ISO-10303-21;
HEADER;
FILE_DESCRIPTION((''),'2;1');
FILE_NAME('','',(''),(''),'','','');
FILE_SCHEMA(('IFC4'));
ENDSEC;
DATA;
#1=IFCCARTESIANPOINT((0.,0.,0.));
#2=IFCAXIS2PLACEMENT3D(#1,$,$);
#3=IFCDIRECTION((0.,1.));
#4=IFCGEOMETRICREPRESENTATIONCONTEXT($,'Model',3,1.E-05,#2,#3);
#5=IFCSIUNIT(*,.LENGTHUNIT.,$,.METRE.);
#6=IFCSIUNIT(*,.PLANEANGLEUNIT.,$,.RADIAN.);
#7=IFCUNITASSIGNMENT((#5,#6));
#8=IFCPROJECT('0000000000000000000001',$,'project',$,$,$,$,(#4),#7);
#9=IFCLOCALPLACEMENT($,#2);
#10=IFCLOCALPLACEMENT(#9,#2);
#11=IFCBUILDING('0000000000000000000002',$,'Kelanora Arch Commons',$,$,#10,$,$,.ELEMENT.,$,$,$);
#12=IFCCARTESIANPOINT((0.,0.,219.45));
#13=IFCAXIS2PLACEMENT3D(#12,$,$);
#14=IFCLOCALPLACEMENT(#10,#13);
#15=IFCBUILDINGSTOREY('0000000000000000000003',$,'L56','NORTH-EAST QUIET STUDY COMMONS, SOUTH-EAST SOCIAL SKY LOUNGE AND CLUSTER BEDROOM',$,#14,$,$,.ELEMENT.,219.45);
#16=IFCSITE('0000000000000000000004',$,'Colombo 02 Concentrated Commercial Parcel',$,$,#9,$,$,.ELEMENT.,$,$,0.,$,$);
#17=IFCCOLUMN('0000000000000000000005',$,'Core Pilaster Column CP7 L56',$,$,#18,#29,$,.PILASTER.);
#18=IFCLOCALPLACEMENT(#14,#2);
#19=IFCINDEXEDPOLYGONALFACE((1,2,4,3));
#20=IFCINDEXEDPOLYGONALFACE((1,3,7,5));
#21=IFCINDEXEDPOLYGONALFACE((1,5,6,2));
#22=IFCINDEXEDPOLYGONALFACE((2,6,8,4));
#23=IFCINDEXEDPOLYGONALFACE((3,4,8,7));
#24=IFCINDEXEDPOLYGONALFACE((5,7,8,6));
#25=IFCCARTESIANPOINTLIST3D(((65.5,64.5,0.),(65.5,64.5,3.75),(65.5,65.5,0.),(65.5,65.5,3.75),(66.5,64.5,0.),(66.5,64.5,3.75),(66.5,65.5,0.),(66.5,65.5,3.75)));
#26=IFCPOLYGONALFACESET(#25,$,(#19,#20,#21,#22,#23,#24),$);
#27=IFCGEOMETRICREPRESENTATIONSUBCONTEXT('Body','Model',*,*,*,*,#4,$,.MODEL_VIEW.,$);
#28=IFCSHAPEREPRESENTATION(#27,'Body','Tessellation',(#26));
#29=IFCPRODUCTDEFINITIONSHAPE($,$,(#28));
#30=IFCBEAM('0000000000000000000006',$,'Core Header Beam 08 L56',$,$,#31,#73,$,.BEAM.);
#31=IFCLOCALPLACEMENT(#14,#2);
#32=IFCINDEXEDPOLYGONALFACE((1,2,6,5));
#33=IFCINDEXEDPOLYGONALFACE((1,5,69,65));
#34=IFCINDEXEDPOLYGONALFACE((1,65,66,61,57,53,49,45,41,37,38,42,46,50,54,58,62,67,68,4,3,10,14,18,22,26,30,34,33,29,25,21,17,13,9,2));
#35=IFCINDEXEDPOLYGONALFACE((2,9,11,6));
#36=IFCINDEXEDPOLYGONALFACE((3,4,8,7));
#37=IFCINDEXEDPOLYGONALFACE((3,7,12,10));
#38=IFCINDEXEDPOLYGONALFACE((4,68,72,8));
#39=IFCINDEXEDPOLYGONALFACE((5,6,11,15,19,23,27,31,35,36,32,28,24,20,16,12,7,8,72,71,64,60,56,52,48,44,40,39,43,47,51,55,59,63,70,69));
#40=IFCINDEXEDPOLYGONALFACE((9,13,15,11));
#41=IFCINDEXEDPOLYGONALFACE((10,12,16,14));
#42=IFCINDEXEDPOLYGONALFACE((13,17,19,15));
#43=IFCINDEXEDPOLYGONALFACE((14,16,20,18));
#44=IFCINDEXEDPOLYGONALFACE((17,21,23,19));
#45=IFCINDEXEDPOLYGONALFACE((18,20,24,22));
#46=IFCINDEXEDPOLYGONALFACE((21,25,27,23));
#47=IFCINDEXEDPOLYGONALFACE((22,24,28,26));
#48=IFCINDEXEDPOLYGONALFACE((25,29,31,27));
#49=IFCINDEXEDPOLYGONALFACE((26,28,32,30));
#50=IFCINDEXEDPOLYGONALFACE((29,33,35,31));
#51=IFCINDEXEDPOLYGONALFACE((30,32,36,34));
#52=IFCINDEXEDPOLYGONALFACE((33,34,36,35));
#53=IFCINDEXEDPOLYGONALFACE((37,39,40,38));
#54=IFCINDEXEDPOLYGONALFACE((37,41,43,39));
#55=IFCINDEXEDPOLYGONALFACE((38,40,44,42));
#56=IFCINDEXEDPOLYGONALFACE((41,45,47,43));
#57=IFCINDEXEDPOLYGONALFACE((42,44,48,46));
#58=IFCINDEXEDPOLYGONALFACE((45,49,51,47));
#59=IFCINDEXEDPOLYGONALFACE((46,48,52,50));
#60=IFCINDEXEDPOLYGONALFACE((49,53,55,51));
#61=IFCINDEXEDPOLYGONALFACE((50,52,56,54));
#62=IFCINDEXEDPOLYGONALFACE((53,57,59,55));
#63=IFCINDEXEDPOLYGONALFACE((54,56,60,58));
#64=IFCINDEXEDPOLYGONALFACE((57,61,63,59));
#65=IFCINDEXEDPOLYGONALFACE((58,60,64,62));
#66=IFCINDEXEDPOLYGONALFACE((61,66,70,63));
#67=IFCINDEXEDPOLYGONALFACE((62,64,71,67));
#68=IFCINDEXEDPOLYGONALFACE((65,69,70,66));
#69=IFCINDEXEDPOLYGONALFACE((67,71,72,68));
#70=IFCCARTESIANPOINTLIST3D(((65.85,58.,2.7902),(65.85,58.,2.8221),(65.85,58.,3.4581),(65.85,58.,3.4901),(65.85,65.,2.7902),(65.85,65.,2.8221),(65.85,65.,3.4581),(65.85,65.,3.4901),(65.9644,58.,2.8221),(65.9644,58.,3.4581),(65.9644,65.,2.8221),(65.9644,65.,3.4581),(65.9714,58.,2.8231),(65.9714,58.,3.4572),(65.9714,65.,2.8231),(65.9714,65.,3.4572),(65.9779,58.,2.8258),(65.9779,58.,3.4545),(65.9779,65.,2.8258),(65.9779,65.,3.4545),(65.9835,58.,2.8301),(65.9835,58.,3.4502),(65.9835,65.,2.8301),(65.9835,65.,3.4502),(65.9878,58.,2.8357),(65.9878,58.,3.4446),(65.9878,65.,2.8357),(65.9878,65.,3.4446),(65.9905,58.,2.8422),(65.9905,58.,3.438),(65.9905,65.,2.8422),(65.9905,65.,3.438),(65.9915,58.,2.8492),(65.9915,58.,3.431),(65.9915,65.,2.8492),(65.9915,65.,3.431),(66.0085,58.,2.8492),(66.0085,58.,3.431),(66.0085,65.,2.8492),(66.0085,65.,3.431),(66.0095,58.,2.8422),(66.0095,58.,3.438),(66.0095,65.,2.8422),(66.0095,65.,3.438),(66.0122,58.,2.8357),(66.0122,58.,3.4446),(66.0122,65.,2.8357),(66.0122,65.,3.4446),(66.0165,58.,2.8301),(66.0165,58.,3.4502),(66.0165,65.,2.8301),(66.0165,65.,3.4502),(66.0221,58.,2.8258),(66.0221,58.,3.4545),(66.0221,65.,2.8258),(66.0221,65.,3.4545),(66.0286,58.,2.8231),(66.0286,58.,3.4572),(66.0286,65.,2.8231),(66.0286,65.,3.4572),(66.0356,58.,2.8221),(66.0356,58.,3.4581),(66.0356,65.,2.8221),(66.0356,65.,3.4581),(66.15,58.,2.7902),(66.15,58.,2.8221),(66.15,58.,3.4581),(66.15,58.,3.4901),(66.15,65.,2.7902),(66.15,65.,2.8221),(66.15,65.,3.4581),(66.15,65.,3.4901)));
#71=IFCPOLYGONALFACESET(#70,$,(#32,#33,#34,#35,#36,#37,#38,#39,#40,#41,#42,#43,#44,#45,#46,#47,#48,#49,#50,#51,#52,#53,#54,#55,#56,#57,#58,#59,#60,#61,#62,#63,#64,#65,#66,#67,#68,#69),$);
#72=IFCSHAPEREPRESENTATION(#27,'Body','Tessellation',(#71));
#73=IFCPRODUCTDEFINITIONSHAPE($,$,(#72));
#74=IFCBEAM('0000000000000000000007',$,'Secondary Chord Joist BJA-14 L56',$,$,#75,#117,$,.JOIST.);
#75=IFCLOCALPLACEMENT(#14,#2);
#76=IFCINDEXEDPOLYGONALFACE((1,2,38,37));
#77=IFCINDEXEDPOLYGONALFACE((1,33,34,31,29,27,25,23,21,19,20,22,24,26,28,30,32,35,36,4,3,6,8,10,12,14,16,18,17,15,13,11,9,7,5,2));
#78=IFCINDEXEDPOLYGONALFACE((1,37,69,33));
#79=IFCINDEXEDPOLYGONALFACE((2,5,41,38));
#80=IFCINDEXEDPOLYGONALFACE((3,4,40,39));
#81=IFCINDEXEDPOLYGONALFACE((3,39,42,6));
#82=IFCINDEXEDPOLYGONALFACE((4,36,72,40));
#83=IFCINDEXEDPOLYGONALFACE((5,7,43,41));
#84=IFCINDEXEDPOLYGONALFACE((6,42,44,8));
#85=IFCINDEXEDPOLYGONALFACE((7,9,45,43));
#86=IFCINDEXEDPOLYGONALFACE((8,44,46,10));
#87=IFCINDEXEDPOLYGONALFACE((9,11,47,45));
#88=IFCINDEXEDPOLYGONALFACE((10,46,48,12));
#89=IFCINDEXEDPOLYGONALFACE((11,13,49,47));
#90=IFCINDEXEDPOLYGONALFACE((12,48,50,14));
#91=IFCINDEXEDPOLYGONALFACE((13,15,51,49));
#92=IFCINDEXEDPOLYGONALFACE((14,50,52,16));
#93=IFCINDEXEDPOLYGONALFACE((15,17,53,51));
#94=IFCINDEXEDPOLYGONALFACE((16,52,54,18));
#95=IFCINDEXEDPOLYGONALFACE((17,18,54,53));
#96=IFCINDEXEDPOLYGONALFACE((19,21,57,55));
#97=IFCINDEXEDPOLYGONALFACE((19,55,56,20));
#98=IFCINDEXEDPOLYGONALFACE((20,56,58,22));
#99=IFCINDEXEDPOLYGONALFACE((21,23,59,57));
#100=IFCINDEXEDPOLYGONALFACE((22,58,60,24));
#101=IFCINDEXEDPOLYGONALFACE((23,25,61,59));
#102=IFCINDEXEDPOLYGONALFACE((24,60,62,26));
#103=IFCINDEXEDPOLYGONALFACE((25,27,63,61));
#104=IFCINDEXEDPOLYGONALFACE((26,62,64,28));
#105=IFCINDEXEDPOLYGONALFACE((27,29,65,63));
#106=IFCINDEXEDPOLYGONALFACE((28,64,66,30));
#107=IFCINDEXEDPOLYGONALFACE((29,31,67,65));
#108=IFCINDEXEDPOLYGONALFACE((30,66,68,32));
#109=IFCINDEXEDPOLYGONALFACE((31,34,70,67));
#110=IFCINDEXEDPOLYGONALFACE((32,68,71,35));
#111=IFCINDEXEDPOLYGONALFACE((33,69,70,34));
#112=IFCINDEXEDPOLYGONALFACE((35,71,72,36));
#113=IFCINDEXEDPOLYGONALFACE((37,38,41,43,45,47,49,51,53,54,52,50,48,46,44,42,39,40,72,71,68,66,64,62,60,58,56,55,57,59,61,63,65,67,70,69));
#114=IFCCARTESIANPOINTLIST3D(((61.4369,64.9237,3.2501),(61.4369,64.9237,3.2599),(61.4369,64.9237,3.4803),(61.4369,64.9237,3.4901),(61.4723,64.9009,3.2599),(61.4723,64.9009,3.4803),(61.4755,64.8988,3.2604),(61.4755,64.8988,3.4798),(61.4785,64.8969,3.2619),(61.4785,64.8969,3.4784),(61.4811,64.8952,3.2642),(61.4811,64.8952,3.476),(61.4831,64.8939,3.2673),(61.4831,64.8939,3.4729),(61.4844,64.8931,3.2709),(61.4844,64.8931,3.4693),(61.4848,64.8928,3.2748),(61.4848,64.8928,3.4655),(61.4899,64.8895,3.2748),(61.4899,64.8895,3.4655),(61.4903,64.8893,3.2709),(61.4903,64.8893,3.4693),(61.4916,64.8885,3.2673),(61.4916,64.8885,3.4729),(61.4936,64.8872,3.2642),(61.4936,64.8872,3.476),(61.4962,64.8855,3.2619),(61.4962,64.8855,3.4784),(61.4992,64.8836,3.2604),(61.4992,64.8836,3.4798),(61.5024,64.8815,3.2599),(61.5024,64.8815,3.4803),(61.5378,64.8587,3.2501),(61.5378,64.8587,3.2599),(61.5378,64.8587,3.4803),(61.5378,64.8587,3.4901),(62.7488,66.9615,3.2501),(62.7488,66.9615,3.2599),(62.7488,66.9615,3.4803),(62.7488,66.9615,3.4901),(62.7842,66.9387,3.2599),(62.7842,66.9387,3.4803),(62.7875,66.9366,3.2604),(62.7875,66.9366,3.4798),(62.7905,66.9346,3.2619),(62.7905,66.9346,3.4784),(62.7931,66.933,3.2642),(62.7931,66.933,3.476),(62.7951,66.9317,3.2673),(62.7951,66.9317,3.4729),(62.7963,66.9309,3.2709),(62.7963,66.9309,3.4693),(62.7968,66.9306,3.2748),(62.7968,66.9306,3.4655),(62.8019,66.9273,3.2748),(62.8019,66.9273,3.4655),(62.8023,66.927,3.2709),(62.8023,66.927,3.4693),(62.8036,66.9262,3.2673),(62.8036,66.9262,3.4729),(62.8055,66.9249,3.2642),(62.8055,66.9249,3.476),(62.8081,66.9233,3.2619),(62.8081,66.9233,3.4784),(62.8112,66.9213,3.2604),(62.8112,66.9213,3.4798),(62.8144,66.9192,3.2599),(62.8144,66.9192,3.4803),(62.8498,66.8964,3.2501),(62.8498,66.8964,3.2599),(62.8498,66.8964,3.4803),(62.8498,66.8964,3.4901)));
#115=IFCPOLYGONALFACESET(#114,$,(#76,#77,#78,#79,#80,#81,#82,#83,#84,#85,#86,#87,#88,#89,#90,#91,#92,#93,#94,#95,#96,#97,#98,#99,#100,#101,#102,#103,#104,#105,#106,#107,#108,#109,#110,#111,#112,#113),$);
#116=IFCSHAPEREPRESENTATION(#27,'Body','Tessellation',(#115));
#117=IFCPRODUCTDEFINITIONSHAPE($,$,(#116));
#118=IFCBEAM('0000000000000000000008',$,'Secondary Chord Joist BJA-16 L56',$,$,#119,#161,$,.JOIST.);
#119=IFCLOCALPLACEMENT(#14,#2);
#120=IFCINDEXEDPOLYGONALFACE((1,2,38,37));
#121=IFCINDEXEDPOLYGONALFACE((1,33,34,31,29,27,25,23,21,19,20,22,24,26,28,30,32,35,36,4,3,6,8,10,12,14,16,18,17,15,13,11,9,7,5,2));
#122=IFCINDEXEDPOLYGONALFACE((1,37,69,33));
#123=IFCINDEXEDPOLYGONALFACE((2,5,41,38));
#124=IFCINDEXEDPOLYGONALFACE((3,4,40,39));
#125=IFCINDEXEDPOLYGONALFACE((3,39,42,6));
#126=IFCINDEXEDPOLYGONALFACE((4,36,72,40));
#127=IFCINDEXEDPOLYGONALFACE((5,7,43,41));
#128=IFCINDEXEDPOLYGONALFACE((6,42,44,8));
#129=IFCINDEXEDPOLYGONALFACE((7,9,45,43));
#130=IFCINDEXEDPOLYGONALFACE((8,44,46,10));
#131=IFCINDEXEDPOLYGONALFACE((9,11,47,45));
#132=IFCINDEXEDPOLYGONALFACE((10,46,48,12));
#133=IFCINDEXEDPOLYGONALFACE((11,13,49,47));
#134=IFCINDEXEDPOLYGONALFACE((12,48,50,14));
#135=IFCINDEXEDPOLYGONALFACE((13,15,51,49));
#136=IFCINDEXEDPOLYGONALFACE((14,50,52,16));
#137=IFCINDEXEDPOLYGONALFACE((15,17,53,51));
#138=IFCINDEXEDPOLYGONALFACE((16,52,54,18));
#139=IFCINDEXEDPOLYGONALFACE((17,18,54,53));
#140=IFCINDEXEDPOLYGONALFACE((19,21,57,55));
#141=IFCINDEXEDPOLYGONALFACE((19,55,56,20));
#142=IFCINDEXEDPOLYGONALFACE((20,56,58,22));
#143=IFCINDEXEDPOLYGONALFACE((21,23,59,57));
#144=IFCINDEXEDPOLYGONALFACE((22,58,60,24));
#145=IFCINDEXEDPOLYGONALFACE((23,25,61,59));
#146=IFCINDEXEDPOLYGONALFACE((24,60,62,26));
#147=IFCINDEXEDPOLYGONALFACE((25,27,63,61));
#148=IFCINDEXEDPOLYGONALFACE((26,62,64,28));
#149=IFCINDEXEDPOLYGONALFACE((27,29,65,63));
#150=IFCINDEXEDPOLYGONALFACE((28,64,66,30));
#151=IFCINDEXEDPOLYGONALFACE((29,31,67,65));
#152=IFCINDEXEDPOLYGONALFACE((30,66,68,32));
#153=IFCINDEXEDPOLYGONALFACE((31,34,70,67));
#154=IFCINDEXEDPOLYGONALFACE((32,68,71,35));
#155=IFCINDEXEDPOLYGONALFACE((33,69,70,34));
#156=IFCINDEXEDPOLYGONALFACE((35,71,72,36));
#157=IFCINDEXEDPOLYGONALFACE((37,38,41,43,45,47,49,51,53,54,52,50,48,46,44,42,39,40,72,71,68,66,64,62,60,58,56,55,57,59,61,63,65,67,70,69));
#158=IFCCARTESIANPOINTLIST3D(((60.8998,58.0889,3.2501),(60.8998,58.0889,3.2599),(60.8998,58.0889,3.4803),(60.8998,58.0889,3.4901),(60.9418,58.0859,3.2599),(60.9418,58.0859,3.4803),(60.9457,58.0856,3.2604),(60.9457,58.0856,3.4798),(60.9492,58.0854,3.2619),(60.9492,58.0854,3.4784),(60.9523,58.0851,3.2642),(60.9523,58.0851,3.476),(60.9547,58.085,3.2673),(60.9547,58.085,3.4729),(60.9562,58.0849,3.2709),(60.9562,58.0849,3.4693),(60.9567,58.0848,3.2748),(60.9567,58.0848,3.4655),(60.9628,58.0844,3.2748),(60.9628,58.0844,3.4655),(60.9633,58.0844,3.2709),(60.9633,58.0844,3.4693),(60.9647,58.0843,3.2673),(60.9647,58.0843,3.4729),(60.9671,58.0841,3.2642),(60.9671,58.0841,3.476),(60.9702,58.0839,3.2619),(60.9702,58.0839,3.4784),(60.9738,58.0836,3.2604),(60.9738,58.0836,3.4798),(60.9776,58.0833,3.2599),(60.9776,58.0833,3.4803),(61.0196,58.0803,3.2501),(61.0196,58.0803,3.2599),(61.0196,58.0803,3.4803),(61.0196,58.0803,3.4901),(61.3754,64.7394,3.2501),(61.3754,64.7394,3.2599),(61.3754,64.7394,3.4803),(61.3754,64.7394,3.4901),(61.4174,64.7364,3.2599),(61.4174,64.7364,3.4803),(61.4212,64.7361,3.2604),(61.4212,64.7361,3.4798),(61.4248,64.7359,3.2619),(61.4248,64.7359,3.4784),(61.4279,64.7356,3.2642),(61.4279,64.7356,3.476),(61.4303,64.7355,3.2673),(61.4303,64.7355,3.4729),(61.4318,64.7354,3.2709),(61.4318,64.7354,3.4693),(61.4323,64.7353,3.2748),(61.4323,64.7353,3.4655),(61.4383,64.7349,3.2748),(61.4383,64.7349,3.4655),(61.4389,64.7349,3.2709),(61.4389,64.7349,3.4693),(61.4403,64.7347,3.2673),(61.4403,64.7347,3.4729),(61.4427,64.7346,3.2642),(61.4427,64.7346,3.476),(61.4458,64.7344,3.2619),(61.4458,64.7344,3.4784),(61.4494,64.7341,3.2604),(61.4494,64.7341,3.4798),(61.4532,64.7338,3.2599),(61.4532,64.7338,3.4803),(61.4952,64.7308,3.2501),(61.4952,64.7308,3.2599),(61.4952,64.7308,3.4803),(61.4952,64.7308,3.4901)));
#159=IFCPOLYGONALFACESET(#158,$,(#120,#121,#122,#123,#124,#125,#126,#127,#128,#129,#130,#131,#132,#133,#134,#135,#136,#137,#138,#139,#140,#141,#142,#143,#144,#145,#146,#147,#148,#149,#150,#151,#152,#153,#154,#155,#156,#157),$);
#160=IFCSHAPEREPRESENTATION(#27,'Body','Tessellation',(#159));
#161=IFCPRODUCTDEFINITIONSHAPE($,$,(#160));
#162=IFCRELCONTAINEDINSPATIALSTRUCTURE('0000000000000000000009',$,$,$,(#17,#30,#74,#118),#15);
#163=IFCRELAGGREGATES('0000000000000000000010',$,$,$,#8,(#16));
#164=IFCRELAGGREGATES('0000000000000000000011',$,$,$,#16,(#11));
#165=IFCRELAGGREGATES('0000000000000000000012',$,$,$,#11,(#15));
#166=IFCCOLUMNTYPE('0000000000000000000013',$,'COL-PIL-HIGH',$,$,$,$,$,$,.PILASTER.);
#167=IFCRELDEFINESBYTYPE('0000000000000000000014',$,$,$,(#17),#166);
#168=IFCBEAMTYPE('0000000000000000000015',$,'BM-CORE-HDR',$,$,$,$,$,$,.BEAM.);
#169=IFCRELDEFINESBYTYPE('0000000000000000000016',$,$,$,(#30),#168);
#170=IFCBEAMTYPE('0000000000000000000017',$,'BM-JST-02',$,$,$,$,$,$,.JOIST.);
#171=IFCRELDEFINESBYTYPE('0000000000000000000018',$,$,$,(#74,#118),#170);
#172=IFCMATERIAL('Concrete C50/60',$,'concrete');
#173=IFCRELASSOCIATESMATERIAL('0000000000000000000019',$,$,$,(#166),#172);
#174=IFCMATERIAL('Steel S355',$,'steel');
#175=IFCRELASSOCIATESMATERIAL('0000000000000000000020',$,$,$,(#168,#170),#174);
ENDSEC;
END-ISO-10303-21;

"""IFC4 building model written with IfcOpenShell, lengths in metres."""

from ifc_helpers import new_model, si_unit, direction, frame, origin, origin_2d, place, context, subcontext, project, spatial, rectangle, i_section, extrude, material, material_profile, profile_set, type_object, element, save


model = new_model("IFC4")

# Units and contexts
model_context = context("Model", 3, precision=1e-05, world=origin(), true_north=direction((0.0, 1.0)))
body_context = subcontext(model_context, "Body", "Model", "MODEL_VIEW")
ifc_project = project(units=[si_unit("LENGTHUNIT", "METRE"), si_unit("PLANEANGLEUNIT", "RADIAN")], contexts=[model_context])

# Site, building, storey
site_placement = place(None, origin())
site = spatial("IfcSite", under=ifc_project, at=site_placement, Name="Colombo 02 Concentrated Commercial Parcel", CompositionType="ELEMENT", RefElevation=0.0)
building_placement = place(site_placement, origin())
building = spatial("IfcBuilding", under=site, at=building_placement, Name="Kelanora Arch Commons", CompositionType="ELEMENT")
storey_placement = place(building_placement, frame((0.0, 0.0, 219.45)))
storey = spatial("IfcBuildingStorey", under=building, at=storey_placement, Name="L56", Description="NORTH-EAST QUIET STUDY COMMONS, SOUTH-EAST SOCIAL SKY LOUNGE AND CLUSTER BEDROOM", CompositionType="ELEMENT", Elevation=219.45)

# Column
ifc_material_1 = material(Name="Concrete C50/60", Category="concrete")
ifc_material_profile_1 = material_profile(ifc_material_1, rectangle(XDim=1.0, YDim=1.0, at=origin_2d()), Name="RC1000x1000")
ifc_profile_set_1 = profile_set([ifc_material_profile_1], Name="Concrete C50/60")
column_type = type_object("IfcColumnType", Name="COL-PIL-HIGH", PredefinedType="PILASTER", material=ifc_profile_set_1)
column_placement = place(storey_placement, frame((66.0, 65.0, 0.0), z_axis=(0.0, 0.0, 1.0), x_axis=(1.0, 0.0, 0.0)))
element("IfcColumn", 1, at=column_placement, inside=storey, type_object=column_type, Name="Core Pilaster Column CP7 L56", PredefinedType="PILASTER", context=body_context, shape_type="SweptSolid", body=[
    extrude(rectangle(XDim=1.0, YDim=1.0, at=origin_2d()), origin(), (0.0, 0.0, 1.0), 3.75),
])

# Beams
ifc_material_2 = material(Name="Steel S355", Category="steel")
ifc_material_profile_2 = material_profile(ifc_material_2, i_section(OverallWidth=0.3, OverallDepth=0.7, WebThickness=0.0171, FlangeThickness=0.032, FilletRadius=0.0271, at=origin_2d()), Name="HEB700")
ifc_profile_set_2 = profile_set([ifc_material_profile_2], Name="Steel S355")
beam_type_1 = type_object("IfcBeamType", Name="BM-CORE-HDR", PredefinedType="BEAM", material=ifc_profile_set_2)
beam_1_placement = place(storey_placement, frame((66.0, 65.0, 3.1401), z_axis=(0.0, -1.0, 0.0), x_axis=(1.0, 0.0, 0.0)))
element("IfcBeam", 2, at=beam_1_placement, inside=storey, type_object=beam_type_1, Name="Core Header Beam 08 L56", PredefinedType="BEAM", context=body_context, shape_type="SweptSolid", body=[
    extrude(i_section(OverallWidth=0.3, OverallDepth=0.7, WebThickness=0.0171, FlangeThickness=0.032, FilletRadius=0.0271, at=origin_2d()), origin(), (0.0, 0.0, 1.0), 7.0),
])
ifc_material_profile_3 = material_profile(ifc_material_2, i_section(OverallWidth=0.1201, OverallDepth=0.24, WebThickness=0.0061, FlangeThickness=0.0098, FilletRadius=0.0149, at=origin_2d()), Name="IPE240")
ifc_profile_set_3 = profile_set([ifc_material_profile_3], Name="Steel S355")
beam_type_2 = type_object("IfcBeamType", Name="BM-JST-02", PredefinedType="JOIST", material=ifc_profile_set_3)
beam_2_placement = place(storey_placement, frame((62.7993, 66.929, 3.3701), z_axis=(-0.541333, -0.840808, 0.0), x_axis=(0.840808, -0.541333, 0.0)))
element("IfcBeam", 3, at=beam_2_placement, inside=storey, type_object=beam_type_2, Name="Secondary Chord Joist BJA-14 L56", PredefinedType="JOIST", context=body_context, shape_type="SweptSolid", body=[
    extrude(i_section(OverallWidth=0.1201, OverallDepth=0.24, WebThickness=0.0061, FlangeThickness=0.0098, FilletRadius=0.0149, at=origin_2d()), origin(), (0.0, 0.0, 1.0), 2.4236),
])
beam_3_placement = place(storey_placement, frame((61.4353, 64.7351, 3.3701), z_axis=(-0.07133, -0.997453, 0.0), x_axis=(0.997453, -0.07133, 0.0)))
element("IfcBeam", 4, at=beam_3_placement, inside=storey, type_object=beam_type_2, Name="Secondary Chord Joist BJA-16 L56", PredefinedType="JOIST", context=body_context, shape_type="SweptSolid", body=[
    extrude(i_section(OverallWidth=0.1201, OverallDepth=0.24, WebThickness=0.0061, FlangeThickness=0.0098, FilletRadius=0.0149, at=origin_2d()), origin(), (0.0, 0.0, 1.0), 6.6675),
])

save(model, "model.ifc")
